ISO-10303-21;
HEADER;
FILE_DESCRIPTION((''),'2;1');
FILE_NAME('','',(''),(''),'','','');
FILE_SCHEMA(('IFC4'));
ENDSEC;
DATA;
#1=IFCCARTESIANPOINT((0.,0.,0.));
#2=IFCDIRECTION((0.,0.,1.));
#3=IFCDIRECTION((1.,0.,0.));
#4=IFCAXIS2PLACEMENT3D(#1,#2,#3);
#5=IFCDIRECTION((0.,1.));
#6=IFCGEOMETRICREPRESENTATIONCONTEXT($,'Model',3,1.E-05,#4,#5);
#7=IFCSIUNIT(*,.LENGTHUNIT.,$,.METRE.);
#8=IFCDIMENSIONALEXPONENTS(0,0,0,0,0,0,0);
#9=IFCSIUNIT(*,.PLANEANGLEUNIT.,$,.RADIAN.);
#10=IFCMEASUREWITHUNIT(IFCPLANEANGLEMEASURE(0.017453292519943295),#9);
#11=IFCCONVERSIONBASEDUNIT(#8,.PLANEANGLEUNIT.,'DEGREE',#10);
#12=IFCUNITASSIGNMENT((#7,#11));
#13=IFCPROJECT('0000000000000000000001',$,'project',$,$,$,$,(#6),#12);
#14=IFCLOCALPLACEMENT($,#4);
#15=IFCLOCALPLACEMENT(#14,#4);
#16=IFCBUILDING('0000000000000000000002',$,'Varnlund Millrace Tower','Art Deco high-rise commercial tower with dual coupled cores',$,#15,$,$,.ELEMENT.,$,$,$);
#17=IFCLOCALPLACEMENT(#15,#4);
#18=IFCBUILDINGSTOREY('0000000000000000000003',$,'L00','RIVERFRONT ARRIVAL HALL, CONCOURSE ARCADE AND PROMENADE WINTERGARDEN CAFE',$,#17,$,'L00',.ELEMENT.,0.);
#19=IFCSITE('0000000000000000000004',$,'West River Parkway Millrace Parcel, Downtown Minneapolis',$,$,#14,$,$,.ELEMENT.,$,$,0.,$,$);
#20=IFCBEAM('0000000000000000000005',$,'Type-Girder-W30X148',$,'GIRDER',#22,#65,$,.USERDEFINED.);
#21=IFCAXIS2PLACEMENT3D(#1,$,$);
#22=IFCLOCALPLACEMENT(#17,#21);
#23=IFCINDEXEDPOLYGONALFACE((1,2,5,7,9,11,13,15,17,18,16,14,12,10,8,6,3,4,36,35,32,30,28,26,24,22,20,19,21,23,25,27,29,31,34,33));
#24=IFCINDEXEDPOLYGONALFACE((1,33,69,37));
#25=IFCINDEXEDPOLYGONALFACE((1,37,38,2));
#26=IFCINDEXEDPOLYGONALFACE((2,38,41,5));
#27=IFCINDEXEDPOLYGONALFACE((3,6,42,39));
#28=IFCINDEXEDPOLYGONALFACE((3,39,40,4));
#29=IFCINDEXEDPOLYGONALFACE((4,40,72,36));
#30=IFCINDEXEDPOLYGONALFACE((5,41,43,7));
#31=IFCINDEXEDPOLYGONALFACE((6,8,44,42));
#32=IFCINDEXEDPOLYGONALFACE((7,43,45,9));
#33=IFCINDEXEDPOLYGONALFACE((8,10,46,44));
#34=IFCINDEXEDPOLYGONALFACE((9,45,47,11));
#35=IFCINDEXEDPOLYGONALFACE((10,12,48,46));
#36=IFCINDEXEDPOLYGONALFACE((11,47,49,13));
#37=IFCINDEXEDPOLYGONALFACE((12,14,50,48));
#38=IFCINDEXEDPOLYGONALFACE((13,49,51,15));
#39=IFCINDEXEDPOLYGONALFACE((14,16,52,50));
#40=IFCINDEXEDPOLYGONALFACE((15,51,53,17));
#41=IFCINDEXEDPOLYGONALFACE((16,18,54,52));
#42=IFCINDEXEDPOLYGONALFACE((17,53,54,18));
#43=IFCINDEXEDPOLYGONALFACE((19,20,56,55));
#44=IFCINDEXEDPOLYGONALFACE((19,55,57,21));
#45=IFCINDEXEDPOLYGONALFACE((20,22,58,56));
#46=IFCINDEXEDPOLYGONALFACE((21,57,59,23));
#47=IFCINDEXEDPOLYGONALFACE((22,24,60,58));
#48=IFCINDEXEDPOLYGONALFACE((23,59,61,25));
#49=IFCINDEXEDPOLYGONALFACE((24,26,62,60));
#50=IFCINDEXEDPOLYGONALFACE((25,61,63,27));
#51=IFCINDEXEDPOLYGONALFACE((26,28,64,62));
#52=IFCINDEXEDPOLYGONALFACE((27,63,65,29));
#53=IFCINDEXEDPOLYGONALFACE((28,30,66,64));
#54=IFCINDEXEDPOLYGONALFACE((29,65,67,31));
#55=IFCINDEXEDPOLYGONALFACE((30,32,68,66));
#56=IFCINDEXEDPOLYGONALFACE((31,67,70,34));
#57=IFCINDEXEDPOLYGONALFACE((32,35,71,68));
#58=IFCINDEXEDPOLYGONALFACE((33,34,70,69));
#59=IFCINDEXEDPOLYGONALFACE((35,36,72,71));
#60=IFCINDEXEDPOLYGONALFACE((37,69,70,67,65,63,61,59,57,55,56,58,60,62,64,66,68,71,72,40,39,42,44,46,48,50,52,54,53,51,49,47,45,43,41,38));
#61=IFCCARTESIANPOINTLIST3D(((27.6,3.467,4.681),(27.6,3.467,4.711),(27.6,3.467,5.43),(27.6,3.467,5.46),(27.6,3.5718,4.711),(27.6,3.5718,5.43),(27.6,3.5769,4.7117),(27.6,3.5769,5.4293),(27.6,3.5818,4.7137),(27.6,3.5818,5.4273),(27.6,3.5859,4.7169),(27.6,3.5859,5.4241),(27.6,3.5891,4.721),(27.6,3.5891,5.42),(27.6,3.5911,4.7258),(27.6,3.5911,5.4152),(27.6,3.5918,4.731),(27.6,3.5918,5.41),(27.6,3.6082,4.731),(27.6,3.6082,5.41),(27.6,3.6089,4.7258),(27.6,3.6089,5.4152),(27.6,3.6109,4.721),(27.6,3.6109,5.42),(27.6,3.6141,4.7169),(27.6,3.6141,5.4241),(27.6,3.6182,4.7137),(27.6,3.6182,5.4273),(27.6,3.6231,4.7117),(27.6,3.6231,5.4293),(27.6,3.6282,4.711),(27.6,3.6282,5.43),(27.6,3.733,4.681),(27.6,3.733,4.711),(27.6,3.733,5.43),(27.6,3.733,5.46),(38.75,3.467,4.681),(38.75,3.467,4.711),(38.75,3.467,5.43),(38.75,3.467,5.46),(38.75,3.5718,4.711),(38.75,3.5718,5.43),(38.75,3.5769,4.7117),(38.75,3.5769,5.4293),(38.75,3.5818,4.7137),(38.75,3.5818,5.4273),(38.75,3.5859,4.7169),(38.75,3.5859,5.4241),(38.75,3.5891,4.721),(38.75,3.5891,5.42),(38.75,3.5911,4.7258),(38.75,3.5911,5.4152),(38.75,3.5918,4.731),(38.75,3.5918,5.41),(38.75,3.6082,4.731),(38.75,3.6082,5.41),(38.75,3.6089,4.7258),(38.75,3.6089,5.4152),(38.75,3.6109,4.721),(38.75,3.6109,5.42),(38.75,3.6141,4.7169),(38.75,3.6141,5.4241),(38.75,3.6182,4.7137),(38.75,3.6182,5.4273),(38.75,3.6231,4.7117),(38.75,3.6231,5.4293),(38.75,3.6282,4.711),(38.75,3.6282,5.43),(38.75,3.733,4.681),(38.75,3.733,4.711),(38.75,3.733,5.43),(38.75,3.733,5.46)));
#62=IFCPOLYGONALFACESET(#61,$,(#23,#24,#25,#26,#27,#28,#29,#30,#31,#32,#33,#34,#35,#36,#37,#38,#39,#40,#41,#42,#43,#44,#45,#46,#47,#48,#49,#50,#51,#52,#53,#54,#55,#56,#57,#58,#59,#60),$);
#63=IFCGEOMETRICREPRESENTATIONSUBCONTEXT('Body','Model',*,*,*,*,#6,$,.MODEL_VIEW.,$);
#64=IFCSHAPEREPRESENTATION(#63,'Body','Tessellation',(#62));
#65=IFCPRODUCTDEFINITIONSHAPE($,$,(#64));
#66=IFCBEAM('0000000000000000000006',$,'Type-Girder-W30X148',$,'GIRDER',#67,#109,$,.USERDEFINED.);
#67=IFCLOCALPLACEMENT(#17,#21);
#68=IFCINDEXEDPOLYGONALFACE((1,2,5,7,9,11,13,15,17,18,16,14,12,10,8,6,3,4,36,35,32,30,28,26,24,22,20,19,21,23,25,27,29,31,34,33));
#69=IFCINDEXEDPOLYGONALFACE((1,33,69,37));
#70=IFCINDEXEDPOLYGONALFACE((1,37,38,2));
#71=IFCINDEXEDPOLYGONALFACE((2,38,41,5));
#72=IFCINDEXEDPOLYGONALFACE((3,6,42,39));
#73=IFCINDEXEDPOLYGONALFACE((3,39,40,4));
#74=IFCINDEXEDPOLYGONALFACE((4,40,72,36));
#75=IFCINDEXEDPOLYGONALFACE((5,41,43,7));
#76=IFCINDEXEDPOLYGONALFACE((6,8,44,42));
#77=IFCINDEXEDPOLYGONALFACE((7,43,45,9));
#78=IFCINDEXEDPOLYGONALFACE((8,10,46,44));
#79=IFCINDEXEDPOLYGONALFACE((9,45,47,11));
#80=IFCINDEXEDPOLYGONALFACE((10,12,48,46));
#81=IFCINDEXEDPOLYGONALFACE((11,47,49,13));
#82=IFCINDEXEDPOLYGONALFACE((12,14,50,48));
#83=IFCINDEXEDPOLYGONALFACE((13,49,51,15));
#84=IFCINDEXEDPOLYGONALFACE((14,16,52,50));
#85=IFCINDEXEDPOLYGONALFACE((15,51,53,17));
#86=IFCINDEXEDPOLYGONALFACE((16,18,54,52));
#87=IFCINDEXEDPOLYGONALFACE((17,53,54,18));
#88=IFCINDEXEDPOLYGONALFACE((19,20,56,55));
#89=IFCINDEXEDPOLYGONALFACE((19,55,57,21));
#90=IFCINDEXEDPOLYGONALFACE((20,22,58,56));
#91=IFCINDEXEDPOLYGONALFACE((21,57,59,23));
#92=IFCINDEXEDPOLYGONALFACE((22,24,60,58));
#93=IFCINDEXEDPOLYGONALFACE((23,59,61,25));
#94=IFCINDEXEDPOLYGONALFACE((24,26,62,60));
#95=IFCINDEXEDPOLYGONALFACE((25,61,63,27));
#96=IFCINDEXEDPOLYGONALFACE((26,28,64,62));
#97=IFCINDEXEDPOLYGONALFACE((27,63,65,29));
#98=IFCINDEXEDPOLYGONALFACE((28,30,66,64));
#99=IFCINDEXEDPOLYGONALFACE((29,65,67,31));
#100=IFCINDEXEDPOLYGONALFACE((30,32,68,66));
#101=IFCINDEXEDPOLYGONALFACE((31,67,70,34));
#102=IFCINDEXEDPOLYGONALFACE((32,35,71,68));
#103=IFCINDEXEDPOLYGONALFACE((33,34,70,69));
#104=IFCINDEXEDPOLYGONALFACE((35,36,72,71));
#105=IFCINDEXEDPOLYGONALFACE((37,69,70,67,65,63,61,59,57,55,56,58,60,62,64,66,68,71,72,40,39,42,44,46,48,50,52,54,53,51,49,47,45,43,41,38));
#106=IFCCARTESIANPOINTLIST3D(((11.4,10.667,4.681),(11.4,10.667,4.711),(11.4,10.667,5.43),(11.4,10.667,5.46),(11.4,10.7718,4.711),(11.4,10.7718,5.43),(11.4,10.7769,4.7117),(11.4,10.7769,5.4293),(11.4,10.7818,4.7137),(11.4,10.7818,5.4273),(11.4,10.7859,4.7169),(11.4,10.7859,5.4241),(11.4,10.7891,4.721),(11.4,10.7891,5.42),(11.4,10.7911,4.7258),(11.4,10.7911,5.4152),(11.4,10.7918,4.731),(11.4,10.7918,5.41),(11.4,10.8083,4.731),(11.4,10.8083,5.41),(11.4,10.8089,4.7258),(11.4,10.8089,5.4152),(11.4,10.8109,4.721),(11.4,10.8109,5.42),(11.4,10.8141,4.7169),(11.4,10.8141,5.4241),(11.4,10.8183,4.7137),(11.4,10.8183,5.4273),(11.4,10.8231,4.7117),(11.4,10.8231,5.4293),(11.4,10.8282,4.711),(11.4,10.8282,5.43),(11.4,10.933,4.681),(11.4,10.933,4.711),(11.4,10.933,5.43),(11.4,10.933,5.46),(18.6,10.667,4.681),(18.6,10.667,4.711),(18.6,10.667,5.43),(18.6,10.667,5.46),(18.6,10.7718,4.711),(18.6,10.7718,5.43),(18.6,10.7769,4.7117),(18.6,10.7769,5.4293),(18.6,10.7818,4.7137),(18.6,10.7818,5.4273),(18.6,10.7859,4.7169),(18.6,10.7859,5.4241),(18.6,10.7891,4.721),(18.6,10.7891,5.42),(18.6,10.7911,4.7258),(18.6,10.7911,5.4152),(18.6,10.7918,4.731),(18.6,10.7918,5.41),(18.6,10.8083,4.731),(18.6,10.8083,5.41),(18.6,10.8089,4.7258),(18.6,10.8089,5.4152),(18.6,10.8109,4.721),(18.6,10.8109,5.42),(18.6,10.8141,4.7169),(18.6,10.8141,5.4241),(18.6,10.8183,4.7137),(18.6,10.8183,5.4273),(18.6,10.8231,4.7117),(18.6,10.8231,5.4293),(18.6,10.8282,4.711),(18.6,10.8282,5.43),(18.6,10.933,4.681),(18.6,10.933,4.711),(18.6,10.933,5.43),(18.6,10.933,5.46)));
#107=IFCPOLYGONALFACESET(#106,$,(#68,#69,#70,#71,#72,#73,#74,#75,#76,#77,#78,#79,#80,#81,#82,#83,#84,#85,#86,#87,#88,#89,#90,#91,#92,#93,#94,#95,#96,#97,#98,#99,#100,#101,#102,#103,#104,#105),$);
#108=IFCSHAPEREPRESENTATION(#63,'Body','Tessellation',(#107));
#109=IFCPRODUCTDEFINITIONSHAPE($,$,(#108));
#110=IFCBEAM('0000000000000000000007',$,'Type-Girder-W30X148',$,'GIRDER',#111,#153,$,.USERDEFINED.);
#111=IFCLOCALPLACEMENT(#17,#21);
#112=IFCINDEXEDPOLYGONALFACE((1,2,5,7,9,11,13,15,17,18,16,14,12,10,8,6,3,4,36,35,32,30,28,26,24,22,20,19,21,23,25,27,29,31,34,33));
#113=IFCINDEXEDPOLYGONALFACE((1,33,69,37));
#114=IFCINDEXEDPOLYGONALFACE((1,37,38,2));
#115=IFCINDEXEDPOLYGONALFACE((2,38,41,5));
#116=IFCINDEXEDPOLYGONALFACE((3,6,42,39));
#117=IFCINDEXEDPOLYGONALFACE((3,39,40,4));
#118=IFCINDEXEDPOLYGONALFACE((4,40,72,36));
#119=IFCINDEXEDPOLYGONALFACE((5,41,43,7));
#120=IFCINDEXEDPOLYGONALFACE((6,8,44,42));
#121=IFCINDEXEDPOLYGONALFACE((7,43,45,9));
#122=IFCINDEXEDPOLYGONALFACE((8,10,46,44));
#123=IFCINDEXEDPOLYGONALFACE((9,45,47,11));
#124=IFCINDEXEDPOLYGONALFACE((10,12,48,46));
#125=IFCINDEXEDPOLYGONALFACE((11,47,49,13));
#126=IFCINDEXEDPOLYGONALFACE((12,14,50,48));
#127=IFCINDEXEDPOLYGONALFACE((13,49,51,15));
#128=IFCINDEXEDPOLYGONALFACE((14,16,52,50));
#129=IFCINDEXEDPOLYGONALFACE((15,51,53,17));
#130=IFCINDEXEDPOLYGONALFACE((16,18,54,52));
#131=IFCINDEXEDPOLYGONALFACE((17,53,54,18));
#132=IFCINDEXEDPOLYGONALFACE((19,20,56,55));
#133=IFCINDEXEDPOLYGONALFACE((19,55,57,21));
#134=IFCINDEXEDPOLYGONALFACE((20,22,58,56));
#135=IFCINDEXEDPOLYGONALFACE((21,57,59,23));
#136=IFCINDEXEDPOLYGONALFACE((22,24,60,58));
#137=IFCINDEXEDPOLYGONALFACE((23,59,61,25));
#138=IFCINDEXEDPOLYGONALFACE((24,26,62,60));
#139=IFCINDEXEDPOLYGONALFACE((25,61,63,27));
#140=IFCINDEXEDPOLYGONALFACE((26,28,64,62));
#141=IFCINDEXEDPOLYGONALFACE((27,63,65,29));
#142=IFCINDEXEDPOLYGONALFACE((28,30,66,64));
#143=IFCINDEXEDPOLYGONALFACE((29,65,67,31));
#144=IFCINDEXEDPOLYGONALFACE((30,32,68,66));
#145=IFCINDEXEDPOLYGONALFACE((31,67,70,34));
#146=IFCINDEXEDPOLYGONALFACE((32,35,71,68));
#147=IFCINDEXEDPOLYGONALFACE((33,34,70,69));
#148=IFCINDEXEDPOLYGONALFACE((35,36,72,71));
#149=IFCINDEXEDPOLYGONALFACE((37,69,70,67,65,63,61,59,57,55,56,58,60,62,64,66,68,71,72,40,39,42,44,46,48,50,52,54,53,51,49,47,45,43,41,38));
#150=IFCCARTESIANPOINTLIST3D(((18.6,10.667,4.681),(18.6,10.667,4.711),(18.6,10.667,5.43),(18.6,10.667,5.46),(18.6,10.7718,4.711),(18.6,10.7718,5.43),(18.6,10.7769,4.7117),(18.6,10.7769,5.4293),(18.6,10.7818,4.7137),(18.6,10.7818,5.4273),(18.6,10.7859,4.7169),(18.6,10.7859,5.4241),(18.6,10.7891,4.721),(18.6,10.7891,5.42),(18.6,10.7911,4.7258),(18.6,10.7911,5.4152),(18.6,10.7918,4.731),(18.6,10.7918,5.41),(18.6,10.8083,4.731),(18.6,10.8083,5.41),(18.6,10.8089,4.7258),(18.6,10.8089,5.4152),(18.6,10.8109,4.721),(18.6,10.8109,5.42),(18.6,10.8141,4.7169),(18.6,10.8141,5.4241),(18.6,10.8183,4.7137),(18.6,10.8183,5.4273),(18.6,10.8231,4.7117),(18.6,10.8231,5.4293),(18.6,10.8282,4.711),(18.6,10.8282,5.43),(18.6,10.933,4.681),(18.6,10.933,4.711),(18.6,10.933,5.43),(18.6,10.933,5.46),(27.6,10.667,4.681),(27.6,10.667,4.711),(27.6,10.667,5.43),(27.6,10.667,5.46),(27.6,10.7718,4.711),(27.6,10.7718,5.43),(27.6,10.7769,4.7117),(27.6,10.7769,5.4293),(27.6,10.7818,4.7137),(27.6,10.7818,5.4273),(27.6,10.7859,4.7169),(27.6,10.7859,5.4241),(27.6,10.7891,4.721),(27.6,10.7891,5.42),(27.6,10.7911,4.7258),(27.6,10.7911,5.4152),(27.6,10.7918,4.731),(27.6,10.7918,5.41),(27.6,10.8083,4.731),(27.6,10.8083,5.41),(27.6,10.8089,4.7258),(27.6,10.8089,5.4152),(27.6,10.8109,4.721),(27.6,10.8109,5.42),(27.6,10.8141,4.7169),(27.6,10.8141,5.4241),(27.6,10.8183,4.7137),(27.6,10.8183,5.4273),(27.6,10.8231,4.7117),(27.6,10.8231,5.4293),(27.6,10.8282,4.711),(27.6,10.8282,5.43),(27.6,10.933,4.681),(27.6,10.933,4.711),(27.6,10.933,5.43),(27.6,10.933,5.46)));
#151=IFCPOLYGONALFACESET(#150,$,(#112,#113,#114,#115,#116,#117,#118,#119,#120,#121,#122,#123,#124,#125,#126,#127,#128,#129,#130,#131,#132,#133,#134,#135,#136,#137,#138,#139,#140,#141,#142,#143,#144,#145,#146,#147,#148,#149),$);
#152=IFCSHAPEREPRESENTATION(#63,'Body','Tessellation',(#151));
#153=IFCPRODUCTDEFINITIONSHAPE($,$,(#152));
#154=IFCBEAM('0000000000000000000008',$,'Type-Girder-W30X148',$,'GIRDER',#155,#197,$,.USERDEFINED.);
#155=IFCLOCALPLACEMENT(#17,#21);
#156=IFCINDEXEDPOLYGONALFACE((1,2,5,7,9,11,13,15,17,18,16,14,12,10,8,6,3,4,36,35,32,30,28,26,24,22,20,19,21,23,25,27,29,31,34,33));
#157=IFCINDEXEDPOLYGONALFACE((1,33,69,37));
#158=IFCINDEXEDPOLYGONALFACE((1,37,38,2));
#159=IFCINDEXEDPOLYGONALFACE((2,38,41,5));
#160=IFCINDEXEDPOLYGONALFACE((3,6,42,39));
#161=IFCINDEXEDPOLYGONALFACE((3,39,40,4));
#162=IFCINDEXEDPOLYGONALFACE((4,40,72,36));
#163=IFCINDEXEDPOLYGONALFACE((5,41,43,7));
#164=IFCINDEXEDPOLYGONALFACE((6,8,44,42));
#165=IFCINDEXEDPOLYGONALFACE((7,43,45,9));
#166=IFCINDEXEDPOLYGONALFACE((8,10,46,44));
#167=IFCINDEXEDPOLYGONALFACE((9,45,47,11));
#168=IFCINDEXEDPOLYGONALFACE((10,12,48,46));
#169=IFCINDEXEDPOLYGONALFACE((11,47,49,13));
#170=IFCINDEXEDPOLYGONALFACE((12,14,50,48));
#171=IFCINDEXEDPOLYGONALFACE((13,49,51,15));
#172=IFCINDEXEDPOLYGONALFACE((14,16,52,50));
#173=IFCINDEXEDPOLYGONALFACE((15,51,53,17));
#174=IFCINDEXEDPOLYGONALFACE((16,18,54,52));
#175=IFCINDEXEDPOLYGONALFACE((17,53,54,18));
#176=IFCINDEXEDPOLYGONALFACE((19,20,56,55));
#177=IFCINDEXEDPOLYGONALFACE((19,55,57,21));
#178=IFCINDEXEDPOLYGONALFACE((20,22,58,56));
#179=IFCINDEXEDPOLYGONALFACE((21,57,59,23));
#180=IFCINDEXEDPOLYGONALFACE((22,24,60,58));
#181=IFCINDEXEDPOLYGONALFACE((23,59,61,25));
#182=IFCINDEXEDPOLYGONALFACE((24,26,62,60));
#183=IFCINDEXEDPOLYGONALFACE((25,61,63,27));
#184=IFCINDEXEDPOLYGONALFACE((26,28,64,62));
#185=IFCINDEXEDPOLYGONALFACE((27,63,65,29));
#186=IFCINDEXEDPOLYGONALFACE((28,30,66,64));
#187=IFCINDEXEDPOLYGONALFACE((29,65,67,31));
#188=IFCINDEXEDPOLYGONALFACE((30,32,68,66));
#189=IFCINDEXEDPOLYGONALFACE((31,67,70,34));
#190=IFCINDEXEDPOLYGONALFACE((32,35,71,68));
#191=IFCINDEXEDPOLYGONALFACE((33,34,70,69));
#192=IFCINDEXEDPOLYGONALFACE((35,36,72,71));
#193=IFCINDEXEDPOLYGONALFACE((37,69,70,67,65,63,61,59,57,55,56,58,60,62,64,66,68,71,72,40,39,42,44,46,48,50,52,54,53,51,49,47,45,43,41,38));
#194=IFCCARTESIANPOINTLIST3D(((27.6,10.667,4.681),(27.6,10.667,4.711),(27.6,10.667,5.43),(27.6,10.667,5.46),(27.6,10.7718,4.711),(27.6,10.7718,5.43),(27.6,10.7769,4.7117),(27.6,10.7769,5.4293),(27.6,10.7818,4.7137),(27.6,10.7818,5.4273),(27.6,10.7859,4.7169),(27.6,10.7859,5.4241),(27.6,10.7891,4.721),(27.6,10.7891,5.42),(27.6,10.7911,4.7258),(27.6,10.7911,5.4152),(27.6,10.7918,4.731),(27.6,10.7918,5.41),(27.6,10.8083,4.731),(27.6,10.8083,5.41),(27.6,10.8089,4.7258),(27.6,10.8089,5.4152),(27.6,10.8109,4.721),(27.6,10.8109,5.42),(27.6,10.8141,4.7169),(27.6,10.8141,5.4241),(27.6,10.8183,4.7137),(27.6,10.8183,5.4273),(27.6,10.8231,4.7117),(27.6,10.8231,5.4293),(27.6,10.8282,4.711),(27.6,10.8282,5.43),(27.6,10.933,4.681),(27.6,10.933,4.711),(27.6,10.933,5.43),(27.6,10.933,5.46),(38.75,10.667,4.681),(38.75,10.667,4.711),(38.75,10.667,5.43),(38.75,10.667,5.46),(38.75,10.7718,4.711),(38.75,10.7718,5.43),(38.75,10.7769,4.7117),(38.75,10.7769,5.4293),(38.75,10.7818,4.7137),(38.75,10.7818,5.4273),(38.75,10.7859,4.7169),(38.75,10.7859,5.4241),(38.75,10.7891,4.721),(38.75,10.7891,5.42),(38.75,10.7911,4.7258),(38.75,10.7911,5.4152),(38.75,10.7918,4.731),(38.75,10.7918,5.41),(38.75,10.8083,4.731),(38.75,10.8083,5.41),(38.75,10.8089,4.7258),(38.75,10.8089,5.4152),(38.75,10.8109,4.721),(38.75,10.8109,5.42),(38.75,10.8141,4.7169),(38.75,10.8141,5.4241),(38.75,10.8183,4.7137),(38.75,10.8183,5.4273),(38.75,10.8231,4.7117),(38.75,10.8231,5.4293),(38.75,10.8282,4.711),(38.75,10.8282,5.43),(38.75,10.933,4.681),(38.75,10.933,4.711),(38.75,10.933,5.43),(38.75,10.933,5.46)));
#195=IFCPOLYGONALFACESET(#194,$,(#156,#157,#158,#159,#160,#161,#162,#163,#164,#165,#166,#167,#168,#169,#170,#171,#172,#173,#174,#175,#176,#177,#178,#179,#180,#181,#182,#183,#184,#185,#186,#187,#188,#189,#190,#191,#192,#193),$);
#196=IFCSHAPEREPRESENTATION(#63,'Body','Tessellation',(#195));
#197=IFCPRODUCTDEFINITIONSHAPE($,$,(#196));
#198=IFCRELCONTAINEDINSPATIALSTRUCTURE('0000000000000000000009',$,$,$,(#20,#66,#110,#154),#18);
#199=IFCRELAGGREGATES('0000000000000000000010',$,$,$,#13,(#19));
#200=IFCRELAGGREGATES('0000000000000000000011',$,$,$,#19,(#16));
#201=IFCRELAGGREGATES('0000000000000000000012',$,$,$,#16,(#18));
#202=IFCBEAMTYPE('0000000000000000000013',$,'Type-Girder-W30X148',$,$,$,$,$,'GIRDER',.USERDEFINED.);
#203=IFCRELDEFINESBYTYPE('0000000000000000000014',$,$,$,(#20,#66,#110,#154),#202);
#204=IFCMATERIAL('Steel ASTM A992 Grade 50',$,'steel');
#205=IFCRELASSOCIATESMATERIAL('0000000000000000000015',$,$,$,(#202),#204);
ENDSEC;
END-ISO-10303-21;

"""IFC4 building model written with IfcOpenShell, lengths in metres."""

from ifc_helpers import new_model, entity, si_unit, converted_unit, direction, frame, origin_with_axes, origin_2d_with_axis, place, context, subcontext, project, spatial, i_section, extrude, material, material_profile, profile_set, type_object, element, save


model = new_model("IFC4")

# Units and contexts
model_context = context("Model", 3, precision=1e-05, world=origin_with_axes(), true_north=direction((0.0, 1.0)))
body_context = subcontext(model_context, "Body", "Model", "MODEL_VIEW")
ifc_project = project(units=[si_unit("LENGTHUNIT", "METRE"), converted_unit("PLANEANGLEUNIT", "DEGREE", entity("IfcPlaneAngleMeasure", 0.017453292519943295), si_unit("PLANEANGLEUNIT", "RADIAN"), dimensions=[0, 0, 0, 0, 0, 0, 0])], contexts=[model_context])

# Site, building, storey
site_placement = place(None, origin_with_axes())
site = spatial("IfcSite", under=ifc_project, at=site_placement, Name="West River Parkway Millrace Parcel, Downtown Minneapolis", CompositionType="ELEMENT", RefElevation=0.0)
building_placement = place(site_placement, origin_with_axes())
building = spatial("IfcBuilding", under=site, at=building_placement, Name="Varnlund Millrace Tower", Description="Art Deco high-rise commercial tower with dual coupled cores", CompositionType="ELEMENT")
storey_placement = place(building_placement, origin_with_axes())
storey = spatial("IfcBuildingStorey", under=building, at=storey_placement, Name="L00", Description="RIVERFRONT ARRIVAL HALL, CONCOURSE ARCADE AND PROMENADE WINTERGARDEN CAFE", LongName="L00", CompositionType="ELEMENT", Elevation=0.0)

# Beams
ifc_material_1 = material(Name="Steel ASTM A992 Grade 50", Category="steel")
ifc_material_profile_1 = material_profile(ifc_material_1, i_section(OverallWidth=0.266, OverallDepth=0.779, WebThickness=0.0165, FlangeThickness=0.03, FilletRadius=0.02, at=origin_2d_with_axis()), Name="Steel ASTM A992 Grade 50")
ifc_profile_set_1 = profile_set([ifc_material_profile_1], Name="Steel ASTM A992 Grade 50")
beam_type_1 = type_object("IfcBeamType", Name="Type-Girder-W30X148", ElementType="GIRDER", PredefinedType="USERDEFINED", material=ifc_profile_set_1)
beam_1_placement = place(storey_placement, frame((27.6, 3.6, 5.0705), z_axis=(1.0, 0.0, 0.0), x_axis=(0.0, 1.0, 0.0)))
element("IfcBeam", 1, at=beam_1_placement, inside=storey, type_object=beam_type_1, Name="Type-Girder-W30X148", ObjectType="GIRDER", PredefinedType="USERDEFINED", context=body_context, shape_type="SweptSolid", body=[
    extrude(i_section(OverallWidth=0.266, OverallDepth=0.779, WebThickness=0.0165, FlangeThickness=0.03, FilletRadius=0.02, at=origin_2d_with_axis()), origin_with_axes(), (0.0, 0.0, 1.0), 11.15),
])
beam_2_placement = place(storey_placement, frame((11.4, 10.8, 5.0705), z_axis=(1.0, 0.0, 0.0), x_axis=(0.0, 1.0, 0.0)))
element("IfcBeam", 2, at=beam_2_placement, inside=storey, type_object=beam_type_1, Name="Type-Girder-W30X148", ObjectType="GIRDER", PredefinedType="USERDEFINED", context=body_context, shape_type="SweptSolid", body=[
    extrude(i_section(OverallWidth=0.266, OverallDepth=0.779, WebThickness=0.0165, FlangeThickness=0.03, FilletRadius=0.02, at=origin_2d_with_axis()), origin_with_axes(), (0.0, 0.0, 1.0), 7.2),
])
beam_3_placement = place(storey_placement, frame((18.6, 10.8, 5.0705), z_axis=(1.0, 0.0, 0.0), x_axis=(0.0, 1.0, 0.0)))
element("IfcBeam", 3, at=beam_3_placement, inside=storey, type_object=beam_type_1, Name="Type-Girder-W30X148", ObjectType="GIRDER", PredefinedType="USERDEFINED", context=body_context, shape_type="SweptSolid", body=[
    extrude(i_section(OverallWidth=0.266, OverallDepth=0.779, WebThickness=0.0165, FlangeThickness=0.03, FilletRadius=0.02, at=origin_2d_with_axis()), origin_with_axes(), (0.0, 0.0, 1.0), 9.0),
])
beam_4_placement = place(storey_placement, frame((27.6, 10.8, 5.0705), z_axis=(1.0, 0.0, 0.0), x_axis=(0.0, 1.0, 0.0)))
element("IfcBeam", 4, at=beam_4_placement, inside=storey, type_object=beam_type_1, Name="Type-Girder-W30X148", ObjectType="GIRDER", PredefinedType="USERDEFINED", context=body_context, shape_type="SweptSolid", body=[
    extrude(i_section(OverallWidth=0.266, OverallDepth=0.779, WebThickness=0.0165, FlangeThickness=0.03, FilletRadius=0.02, at=origin_2d_with_axis()), origin_with_axes(), (0.0, 0.0, 1.0), 11.15),
])

save(model, "model.ifc")
